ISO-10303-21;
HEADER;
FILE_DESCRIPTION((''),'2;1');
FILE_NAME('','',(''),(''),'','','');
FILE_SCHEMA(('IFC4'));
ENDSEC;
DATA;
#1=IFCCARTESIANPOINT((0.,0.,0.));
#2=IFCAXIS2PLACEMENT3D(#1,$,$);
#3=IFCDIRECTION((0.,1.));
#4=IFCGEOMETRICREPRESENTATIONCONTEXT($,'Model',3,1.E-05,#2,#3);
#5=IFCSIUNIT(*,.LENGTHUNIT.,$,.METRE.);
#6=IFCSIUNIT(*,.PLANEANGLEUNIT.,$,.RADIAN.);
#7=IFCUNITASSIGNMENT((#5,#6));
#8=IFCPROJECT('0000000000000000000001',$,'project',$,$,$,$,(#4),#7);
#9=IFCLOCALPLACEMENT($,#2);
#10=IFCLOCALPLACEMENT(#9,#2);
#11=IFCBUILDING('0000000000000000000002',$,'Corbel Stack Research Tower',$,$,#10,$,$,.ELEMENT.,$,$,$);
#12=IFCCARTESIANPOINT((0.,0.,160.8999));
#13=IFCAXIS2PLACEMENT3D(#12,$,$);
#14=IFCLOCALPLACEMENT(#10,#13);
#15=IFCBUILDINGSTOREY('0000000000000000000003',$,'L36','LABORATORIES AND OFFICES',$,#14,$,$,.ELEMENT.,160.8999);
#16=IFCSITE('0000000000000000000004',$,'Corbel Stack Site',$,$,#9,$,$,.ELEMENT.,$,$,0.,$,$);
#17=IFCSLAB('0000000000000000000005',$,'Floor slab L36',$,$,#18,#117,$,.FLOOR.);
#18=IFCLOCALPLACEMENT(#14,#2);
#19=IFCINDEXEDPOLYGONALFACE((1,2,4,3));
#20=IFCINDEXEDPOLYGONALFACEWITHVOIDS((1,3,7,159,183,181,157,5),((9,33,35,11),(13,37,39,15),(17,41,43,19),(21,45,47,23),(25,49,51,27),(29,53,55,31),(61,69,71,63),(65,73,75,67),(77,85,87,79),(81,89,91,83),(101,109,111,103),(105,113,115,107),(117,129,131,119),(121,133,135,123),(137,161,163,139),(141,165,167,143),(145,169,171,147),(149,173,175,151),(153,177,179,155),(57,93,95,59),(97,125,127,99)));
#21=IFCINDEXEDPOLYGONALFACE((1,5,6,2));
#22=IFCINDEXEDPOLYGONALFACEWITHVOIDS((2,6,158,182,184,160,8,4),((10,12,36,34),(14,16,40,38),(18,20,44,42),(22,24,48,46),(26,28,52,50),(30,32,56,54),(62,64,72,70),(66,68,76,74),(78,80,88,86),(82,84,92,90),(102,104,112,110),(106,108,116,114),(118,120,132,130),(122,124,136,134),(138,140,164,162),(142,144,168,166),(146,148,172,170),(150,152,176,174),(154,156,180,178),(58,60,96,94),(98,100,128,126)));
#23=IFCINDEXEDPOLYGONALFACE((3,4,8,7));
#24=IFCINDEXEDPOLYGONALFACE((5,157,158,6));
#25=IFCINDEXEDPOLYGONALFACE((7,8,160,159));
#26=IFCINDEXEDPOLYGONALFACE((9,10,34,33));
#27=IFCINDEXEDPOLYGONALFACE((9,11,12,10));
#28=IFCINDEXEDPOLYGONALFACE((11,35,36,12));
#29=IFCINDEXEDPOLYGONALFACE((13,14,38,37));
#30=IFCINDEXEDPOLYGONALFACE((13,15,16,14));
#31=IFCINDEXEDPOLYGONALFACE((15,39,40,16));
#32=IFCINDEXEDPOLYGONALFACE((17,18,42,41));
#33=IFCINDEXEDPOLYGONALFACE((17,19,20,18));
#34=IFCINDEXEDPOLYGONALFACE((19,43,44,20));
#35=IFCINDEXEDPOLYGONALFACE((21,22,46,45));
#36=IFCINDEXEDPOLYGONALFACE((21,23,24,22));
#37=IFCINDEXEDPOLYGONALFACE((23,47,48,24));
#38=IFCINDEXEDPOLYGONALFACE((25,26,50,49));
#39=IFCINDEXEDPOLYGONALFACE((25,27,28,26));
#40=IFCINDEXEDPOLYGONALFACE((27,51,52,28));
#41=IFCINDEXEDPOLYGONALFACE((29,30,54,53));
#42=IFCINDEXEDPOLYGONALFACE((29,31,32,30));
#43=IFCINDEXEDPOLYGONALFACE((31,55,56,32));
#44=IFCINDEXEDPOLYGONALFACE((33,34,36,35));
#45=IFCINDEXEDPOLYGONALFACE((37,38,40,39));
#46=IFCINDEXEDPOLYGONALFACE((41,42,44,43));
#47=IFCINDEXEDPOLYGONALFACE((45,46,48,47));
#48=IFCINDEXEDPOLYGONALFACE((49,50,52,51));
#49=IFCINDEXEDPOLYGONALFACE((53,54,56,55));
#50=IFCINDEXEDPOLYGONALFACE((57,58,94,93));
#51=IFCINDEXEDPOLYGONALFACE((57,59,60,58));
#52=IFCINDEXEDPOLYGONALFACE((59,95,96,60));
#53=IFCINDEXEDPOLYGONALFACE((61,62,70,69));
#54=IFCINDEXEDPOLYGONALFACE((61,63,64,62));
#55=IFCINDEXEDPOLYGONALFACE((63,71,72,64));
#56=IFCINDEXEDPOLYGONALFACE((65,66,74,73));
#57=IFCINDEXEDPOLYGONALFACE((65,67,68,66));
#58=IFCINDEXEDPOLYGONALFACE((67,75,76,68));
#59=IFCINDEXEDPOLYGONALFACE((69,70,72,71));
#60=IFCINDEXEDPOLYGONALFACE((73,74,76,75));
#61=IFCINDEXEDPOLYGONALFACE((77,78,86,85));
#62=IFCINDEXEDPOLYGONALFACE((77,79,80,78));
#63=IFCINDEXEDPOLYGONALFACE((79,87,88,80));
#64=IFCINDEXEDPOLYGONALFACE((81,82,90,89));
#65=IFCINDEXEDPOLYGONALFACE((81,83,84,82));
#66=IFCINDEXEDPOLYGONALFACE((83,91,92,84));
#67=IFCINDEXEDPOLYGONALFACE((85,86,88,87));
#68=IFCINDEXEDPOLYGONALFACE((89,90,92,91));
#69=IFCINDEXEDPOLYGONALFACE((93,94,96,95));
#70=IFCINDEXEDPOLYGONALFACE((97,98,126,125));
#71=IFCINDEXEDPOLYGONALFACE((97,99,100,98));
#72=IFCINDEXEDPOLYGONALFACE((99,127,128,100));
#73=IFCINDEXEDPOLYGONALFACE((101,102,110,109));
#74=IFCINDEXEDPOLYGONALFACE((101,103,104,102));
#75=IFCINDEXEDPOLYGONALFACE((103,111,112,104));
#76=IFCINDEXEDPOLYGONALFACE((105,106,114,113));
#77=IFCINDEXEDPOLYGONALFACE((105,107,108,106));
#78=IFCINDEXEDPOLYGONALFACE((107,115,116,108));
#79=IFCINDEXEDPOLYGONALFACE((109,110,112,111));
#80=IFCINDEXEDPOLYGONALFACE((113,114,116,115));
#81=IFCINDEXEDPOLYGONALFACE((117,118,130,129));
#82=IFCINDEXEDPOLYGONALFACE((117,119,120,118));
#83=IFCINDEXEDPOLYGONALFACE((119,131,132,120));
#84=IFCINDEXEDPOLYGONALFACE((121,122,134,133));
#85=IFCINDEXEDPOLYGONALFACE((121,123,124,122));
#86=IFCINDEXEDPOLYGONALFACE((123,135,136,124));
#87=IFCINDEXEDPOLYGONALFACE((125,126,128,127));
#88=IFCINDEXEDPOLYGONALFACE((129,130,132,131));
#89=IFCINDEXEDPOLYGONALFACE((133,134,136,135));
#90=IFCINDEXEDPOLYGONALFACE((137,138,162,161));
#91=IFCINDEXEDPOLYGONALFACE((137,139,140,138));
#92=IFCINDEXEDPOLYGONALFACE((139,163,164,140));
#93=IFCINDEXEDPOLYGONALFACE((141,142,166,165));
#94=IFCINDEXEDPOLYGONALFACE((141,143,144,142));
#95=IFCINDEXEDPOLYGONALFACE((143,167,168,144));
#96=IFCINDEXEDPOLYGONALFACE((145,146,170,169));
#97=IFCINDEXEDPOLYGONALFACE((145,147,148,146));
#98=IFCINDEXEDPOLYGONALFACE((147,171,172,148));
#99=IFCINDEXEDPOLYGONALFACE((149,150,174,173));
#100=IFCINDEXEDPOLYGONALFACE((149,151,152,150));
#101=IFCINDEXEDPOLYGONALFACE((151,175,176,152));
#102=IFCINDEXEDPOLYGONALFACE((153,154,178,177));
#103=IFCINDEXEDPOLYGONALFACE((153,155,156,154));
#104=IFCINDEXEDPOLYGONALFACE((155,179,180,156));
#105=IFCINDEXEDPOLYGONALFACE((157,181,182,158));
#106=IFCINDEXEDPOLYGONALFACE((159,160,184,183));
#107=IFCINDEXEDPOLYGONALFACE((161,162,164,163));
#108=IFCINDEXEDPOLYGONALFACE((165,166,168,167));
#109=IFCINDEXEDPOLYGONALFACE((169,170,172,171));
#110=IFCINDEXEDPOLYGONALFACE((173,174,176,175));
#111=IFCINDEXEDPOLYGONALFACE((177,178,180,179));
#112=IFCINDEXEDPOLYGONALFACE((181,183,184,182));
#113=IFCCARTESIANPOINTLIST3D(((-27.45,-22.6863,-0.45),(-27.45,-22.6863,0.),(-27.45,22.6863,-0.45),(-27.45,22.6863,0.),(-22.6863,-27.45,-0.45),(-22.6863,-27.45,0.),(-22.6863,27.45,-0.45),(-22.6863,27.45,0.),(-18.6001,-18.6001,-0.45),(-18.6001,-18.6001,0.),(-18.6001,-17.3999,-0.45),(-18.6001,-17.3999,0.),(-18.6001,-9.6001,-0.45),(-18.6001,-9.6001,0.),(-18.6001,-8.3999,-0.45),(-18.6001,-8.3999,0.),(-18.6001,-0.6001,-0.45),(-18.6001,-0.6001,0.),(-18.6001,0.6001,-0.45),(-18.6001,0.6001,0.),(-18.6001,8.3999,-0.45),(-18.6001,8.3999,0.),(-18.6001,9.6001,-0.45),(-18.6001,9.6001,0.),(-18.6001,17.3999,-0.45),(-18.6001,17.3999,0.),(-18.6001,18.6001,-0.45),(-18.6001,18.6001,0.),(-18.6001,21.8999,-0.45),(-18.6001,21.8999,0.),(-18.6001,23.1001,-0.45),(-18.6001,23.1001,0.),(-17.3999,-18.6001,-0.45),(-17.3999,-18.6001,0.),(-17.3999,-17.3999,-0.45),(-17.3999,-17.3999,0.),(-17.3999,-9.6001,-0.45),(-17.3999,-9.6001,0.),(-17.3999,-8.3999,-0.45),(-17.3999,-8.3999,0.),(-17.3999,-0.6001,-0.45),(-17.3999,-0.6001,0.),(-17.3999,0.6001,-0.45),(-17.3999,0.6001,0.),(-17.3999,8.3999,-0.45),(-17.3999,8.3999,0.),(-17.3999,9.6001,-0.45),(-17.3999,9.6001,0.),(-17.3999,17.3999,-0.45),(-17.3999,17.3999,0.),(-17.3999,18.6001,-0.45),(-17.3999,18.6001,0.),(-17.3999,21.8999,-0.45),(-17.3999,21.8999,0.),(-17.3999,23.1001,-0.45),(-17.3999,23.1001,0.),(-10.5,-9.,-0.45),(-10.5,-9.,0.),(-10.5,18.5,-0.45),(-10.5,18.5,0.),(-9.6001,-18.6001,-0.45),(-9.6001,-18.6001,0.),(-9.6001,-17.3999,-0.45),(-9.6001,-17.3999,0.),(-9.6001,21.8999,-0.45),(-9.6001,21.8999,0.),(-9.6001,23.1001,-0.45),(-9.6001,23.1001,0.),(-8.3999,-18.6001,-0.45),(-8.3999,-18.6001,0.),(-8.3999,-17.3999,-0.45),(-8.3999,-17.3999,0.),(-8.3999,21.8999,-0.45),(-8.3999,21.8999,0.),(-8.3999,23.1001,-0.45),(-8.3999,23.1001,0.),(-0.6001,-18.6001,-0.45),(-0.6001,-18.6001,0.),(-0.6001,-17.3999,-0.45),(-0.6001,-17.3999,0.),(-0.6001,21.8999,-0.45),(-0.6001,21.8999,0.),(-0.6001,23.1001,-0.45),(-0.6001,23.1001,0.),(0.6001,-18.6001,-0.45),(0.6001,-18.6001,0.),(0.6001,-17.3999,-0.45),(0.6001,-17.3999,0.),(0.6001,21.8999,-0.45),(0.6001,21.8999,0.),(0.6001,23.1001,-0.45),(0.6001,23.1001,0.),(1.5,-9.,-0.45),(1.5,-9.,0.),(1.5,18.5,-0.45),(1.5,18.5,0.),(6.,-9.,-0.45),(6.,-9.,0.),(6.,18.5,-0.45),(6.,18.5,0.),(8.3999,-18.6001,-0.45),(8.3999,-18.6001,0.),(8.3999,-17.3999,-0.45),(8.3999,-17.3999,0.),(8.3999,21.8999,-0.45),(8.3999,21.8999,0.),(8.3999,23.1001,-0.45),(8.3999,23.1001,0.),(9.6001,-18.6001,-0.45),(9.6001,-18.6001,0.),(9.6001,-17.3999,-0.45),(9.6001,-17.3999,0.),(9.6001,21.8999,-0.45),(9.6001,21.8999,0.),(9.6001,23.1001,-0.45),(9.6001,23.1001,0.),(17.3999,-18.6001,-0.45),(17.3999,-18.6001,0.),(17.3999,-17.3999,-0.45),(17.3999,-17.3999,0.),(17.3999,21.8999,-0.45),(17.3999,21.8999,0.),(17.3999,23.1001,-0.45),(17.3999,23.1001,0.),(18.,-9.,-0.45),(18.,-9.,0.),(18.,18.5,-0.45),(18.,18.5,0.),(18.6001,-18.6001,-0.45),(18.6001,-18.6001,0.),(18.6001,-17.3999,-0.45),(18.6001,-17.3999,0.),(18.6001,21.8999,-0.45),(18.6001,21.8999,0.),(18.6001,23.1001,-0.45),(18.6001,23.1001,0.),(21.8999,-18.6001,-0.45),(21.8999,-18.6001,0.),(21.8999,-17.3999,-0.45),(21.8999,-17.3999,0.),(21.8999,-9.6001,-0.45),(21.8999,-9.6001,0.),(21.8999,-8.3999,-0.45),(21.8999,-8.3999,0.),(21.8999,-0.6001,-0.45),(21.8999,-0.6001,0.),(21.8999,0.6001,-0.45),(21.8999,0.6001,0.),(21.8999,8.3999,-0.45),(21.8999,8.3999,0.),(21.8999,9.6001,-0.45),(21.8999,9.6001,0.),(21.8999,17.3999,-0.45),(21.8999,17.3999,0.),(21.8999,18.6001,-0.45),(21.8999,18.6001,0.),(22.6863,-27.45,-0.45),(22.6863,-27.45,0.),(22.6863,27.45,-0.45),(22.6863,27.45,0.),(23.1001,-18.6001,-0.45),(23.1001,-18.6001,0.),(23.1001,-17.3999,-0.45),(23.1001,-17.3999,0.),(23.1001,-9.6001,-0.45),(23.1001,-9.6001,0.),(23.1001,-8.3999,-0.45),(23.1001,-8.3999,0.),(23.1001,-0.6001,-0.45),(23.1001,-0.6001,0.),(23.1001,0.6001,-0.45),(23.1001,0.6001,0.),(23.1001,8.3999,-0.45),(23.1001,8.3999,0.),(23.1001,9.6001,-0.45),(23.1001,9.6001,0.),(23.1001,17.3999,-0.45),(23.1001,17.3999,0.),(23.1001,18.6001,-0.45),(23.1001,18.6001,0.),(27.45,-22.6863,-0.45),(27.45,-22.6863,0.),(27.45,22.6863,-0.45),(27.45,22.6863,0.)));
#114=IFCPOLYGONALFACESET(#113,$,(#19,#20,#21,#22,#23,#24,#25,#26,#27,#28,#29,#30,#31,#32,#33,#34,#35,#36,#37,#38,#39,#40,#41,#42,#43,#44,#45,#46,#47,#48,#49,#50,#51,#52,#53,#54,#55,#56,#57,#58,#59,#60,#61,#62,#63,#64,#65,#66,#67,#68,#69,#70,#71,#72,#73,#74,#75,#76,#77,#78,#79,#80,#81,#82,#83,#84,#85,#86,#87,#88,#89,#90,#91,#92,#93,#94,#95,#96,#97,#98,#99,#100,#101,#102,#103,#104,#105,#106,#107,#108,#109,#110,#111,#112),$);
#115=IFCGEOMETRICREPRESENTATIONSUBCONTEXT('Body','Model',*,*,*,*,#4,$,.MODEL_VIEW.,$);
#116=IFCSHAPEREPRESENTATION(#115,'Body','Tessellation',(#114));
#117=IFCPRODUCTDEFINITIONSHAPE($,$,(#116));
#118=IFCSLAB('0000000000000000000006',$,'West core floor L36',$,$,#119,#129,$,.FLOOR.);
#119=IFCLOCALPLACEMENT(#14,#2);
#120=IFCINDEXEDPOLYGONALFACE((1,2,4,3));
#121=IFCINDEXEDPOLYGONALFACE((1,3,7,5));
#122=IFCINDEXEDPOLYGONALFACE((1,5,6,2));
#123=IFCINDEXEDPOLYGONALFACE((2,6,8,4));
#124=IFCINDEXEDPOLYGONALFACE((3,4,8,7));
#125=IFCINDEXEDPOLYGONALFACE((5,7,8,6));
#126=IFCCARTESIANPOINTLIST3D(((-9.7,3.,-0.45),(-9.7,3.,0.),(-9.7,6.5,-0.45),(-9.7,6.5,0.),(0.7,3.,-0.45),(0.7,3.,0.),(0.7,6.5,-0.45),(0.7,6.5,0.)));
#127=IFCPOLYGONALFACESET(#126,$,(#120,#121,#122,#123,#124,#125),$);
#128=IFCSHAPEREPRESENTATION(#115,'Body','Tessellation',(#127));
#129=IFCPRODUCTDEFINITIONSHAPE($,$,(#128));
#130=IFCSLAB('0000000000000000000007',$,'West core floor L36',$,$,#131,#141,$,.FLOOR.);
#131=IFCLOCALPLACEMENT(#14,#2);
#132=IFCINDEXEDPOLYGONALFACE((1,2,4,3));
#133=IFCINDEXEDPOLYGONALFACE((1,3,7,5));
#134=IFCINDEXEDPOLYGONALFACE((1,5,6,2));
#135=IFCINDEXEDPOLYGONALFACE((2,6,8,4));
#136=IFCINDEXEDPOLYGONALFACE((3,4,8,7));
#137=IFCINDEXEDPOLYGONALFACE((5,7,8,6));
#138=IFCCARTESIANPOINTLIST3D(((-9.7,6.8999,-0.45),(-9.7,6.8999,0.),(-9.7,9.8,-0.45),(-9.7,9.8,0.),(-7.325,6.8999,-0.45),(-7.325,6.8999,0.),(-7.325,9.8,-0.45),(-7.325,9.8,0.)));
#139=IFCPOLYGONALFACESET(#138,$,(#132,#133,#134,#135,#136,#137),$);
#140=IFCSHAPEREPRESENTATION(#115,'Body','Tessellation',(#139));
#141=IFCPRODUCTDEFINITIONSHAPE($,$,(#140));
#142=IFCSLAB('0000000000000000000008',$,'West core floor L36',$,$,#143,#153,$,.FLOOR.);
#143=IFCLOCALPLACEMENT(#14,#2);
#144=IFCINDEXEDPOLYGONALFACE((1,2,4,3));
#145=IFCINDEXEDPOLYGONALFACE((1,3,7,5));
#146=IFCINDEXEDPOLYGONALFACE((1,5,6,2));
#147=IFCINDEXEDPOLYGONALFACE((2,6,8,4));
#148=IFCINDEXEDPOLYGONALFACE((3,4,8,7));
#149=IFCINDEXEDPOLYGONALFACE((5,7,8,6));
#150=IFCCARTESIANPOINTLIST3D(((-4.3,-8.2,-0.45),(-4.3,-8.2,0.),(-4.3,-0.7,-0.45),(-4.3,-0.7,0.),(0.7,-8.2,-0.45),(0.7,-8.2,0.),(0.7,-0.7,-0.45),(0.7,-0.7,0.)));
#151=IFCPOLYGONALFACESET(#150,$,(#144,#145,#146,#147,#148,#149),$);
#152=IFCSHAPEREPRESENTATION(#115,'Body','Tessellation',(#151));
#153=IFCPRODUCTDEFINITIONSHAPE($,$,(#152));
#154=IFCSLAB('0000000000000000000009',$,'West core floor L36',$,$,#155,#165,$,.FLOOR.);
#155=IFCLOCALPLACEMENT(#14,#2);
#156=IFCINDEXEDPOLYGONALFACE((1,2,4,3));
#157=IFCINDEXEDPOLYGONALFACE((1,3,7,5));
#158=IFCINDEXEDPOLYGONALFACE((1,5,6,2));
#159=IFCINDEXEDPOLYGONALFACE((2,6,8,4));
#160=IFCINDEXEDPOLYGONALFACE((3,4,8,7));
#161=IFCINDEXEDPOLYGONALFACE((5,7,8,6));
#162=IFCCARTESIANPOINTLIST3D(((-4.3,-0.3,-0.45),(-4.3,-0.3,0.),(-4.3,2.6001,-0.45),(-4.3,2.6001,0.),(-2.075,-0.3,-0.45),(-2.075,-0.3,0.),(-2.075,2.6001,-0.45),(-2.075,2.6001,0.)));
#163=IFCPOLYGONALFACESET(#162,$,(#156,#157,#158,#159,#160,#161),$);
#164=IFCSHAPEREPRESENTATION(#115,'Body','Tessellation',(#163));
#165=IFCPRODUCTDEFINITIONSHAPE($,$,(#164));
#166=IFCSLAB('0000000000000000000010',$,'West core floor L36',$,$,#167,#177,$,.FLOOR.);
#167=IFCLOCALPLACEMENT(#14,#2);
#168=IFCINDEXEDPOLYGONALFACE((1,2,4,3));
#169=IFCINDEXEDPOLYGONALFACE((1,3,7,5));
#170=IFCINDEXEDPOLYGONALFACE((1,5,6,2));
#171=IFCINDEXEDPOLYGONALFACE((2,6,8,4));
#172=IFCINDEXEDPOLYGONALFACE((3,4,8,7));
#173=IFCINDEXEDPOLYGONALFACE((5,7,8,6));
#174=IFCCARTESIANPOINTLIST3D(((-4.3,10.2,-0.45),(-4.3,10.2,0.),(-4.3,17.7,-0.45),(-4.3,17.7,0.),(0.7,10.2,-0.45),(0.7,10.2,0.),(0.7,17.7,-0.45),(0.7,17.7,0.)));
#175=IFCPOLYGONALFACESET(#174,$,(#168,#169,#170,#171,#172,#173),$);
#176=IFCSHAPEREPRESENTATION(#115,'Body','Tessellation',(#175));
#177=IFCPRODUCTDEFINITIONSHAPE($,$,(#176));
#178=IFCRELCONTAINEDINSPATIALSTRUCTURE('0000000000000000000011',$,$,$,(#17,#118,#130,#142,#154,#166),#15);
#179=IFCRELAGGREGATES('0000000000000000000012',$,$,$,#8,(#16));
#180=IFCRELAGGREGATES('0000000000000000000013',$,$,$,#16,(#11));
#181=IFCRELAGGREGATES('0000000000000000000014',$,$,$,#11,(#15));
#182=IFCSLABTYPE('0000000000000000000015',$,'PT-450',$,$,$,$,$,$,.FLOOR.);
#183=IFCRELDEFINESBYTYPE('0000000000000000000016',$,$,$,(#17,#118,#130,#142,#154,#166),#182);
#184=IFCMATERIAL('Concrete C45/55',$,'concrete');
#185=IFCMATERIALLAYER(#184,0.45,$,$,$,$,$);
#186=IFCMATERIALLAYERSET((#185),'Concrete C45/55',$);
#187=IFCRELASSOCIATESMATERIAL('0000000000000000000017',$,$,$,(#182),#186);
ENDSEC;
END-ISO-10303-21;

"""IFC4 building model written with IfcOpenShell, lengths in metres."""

from ifc_helpers import new_model, si_unit, direction, frame, origin, place, context, subcontext, project, spatial, polyline, outline, extrude, material, layer, layer_set, type_object, element, save


model = new_model("IFC4")

# Units and contexts
model_context = context("Model", 3, precision=1e-05, world=origin(), true_north=direction((0.0, 1.0)))
body_context = subcontext(model_context, "Body", "Model", "MODEL_VIEW")
ifc_project = project(units=[si_unit("LENGTHUNIT", "METRE"), si_unit("PLANEANGLEUNIT", "RADIAN")], contexts=[model_context])

# Site, building, storey
site_placement = place(None, origin())
site = spatial("IfcSite", under=ifc_project, at=site_placement, Name="Corbel Stack Site", CompositionType="ELEMENT", RefElevation=0.0)
building_placement = place(site_placement, origin())
building = spatial("IfcBuilding", under=site, at=building_placement, Name="Corbel Stack Research Tower", CompositionType="ELEMENT")
storey_placement = place(building_placement, frame((0.0, 0.0, 160.8999)))
storey = spatial("IfcBuildingStorey", under=building, at=storey_placement, Name="L36", Description="LABORATORIES AND OFFICES", CompositionType="ELEMENT", Elevation=160.8999)

# Slabs
ifc_material_1 = material(Name="Concrete C45/55", Category="concrete")
ifc_layer_1 = layer(ifc_material_1, 0.45)
ifc_layer_set_1 = layer_set([ifc_layer_1], Name="Concrete C45/55")
slab_type = type_object("IfcSlabType", Name="PT-450", PredefinedType="FLOOR", material=ifc_layer_set_1)
slab_1_placement = place(storey_placement, frame((0.0, 0.0, -0.45)))
element("IfcSlab", 1, at=slab_1_placement, inside=storey, type_object=slab_type, Name="Floor slab L36", PredefinedType="FLOOR", context=body_context, shape_type="SweptSolid", body=[
    extrude(outline(polyline([(-22.6863, -27.45), (22.6863, -27.45), (27.45, -22.6863), (27.45, 22.6863), (22.6863, 27.45), (-22.6863, 27.45), (-27.45, 22.6863), (-27.45, -22.6863), (-22.6863, -27.45)]), holes=[polyline([(23.1001, 17.3999), (21.8999, 17.3999), (21.8999, 18.6001), (23.1001, 18.6001), (23.1001, 17.3999)]), polyline([(21.8999, 8.3999), (21.8999, 9.6001), (23.1001, 9.6001), (23.1001, 8.3999), (21.8999, 8.3999)]), polyline([(23.1001, -0.6001), (21.8999, -0.6001), (21.8999, 0.6001), (23.1001, 0.6001), (23.1001, -0.6001)]), polyline([(21.8999, -9.6001), (21.8999, -8.3999), (23.1001, -8.3999), (23.1001, -9.6001), (21.8999, -9.6001)]), polyline([(21.8999, -18.6001), (21.8999, -17.3999), (23.1001, -17.3999), (23.1001, -18.6001), (21.8999, -18.6001)]), polyline([(17.3999, 21.8999), (17.3999, 23.1001), (18.6001, 23.1001), (18.6001, 21.8999), (17.3999, 21.8999)]), polyline([(18.6001, -18.6001), (17.3999, -18.6001), (17.3999, -17.3999), (18.6001, -17.3999), (18.6001, -18.6001)]), polyline([(6.0, -9.0), (6.0, 18.5), (18.0, 18.5), (18.0, -9.0), (6.0, -9.0)]), polyline([(8.3999, 21.8999), (8.3999, 23.1001), (9.6001, 23.1001), (9.6001, 21.8999), (8.3999, 21.8999)]), polyline([(9.6001, -18.6001), (8.3999, -18.6001), (8.3999, -17.3999), (9.6001, -17.3999), (9.6001, -18.6001)]), polyline([(1.5, -9.0), (-10.5, -9.0), (-10.5, 18.5), (1.5, 18.5), (1.5, -9.0)]), polyline([(0.6001, 21.8999), (-0.6001, 21.8999), (-0.6001, 23.1001), (0.6001, 23.1001), (0.6001, 21.8999)]), polyline([(0.6001, -18.6001), (-0.6001, -18.6001), (-0.6001, -17.3999), (0.6001, -17.3999), (0.6001, -18.6001)]), polyline([(-9.6001, 21.8999), (-9.6001, 23.1001), (-8.3999, 23.1001), (-8.3999, 21.8999), (-9.6001, 21.8999)]), polyline([(-8.3999, -18.6001), (-9.6001, -18.6001), (-9.6001, -17.3999), (-8.3999, -17.3999), (-8.3999, -18.6001)]), polyline([(-18.6001, 21.8999), (-18.6001, 23.1001), (-17.3999, 23.1001), (-17.3999, 21.8999), (-18.6001, 21.8999)]), polyline([(-17.3999, 17.3999), (-18.6001, 17.3999), (-18.6001, 18.6001), (-17.3999, 18.6001), (-17.3999, 17.3999)]), polyline([(-17.3999, 8.3999), (-18.6001, 8.3999), (-18.6001, 9.6001), (-17.3999, 9.6001), (-17.3999, 8.3999)]), polyline([(-18.6001, -0.6001), (-18.6001, 0.6001), (-17.3999, 0.6001), (-17.3999, -0.6001), (-18.6001, -0.6001)]), polyline([(-18.6001, -9.6001), (-18.6001, -8.3999), (-17.3999, -8.3999), (-17.3999, -9.6001), (-18.6001, -9.6001)]), polyline([(-17.3999, -18.6001), (-18.6001, -18.6001), (-18.6001, -17.3999), (-17.3999, -17.3999), (-17.3999, -18.6001)])]), origin(), (0.0, 0.0, 1.0), 0.45),
])
slab_2_placement = place(storey_placement, frame((0.0, 0.0, -0.45)))
element("IfcSlab", 2, at=slab_2_placement, inside=storey, type_object=slab_type, Name="West core floor L36", PredefinedType="FLOOR", context=body_context, shape_type="SweptSolid", body=[
    extrude(outline(polyline([(0.7, 6.5), (-9.7, 6.5), (-9.7, 3.0), (0.7, 3.0), (0.7, 6.5)])), origin(), (0.0, 0.0, 1.0), 0.45),
])
slab_3_placement = place(storey_placement, frame((0.0, 0.0, -0.45)))
element("IfcSlab", 3, at=slab_3_placement, inside=storey, type_object=slab_type, Name="West core floor L36", PredefinedType="FLOOR", context=body_context, shape_type="SweptSolid", body=[
    extrude(outline(polyline([(-9.7, 6.8999), (-7.325, 6.8999), (-7.325, 9.8), (-9.7, 9.8), (-9.7, 6.8999)])), origin(), (0.0, 0.0, 1.0), 0.45),
])
slab_4_placement = place(storey_placement, frame((0.0, 0.0, -0.45)))
element("IfcSlab", 4, at=slab_4_placement, inside=storey, type_object=slab_type, Name="West core floor L36", PredefinedType="FLOOR", context=body_context, shape_type="SweptSolid", body=[
    extrude(outline(polyline([(-4.3, -0.7), (-4.3, -8.2), (0.7, -8.2), (0.7, -0.7), (-4.3, -0.7)])), origin(), (0.0, 0.0, 1.0), 0.45),
])
slab_5_placement = place(storey_placement, frame((0.0, 0.0, -0.45)))
element("IfcSlab", 5, at=slab_5_placement, inside=storey, type_object=slab_type, Name="West core floor L36", PredefinedType="FLOOR", context=body_context, shape_type="SweptSolid", body=[
    extrude(outline(polyline([(-2.075, -0.3), (-2.075, 2.6001), (-4.3, 2.6001), (-4.3, -0.3), (-2.075, -0.3)])), origin(), (0.0, 0.0, 1.0), 0.45),
])
slab_6_placement = place(storey_placement, frame((0.0, 0.0, -0.45)))
element("IfcSlab", 6, at=slab_6_placement, inside=storey, type_object=slab_type, Name="West core floor L36", PredefinedType="FLOOR", context=body_context, shape_type="SweptSolid", body=[
    extrude(outline(polyline([(0.7, 17.7), (-4.3, 17.7), (-4.3, 10.2), (0.7, 10.2), (0.7, 17.7)])), origin(), (0.0, 0.0, 1.0), 0.45),
])

save(model, "model.ifc")
